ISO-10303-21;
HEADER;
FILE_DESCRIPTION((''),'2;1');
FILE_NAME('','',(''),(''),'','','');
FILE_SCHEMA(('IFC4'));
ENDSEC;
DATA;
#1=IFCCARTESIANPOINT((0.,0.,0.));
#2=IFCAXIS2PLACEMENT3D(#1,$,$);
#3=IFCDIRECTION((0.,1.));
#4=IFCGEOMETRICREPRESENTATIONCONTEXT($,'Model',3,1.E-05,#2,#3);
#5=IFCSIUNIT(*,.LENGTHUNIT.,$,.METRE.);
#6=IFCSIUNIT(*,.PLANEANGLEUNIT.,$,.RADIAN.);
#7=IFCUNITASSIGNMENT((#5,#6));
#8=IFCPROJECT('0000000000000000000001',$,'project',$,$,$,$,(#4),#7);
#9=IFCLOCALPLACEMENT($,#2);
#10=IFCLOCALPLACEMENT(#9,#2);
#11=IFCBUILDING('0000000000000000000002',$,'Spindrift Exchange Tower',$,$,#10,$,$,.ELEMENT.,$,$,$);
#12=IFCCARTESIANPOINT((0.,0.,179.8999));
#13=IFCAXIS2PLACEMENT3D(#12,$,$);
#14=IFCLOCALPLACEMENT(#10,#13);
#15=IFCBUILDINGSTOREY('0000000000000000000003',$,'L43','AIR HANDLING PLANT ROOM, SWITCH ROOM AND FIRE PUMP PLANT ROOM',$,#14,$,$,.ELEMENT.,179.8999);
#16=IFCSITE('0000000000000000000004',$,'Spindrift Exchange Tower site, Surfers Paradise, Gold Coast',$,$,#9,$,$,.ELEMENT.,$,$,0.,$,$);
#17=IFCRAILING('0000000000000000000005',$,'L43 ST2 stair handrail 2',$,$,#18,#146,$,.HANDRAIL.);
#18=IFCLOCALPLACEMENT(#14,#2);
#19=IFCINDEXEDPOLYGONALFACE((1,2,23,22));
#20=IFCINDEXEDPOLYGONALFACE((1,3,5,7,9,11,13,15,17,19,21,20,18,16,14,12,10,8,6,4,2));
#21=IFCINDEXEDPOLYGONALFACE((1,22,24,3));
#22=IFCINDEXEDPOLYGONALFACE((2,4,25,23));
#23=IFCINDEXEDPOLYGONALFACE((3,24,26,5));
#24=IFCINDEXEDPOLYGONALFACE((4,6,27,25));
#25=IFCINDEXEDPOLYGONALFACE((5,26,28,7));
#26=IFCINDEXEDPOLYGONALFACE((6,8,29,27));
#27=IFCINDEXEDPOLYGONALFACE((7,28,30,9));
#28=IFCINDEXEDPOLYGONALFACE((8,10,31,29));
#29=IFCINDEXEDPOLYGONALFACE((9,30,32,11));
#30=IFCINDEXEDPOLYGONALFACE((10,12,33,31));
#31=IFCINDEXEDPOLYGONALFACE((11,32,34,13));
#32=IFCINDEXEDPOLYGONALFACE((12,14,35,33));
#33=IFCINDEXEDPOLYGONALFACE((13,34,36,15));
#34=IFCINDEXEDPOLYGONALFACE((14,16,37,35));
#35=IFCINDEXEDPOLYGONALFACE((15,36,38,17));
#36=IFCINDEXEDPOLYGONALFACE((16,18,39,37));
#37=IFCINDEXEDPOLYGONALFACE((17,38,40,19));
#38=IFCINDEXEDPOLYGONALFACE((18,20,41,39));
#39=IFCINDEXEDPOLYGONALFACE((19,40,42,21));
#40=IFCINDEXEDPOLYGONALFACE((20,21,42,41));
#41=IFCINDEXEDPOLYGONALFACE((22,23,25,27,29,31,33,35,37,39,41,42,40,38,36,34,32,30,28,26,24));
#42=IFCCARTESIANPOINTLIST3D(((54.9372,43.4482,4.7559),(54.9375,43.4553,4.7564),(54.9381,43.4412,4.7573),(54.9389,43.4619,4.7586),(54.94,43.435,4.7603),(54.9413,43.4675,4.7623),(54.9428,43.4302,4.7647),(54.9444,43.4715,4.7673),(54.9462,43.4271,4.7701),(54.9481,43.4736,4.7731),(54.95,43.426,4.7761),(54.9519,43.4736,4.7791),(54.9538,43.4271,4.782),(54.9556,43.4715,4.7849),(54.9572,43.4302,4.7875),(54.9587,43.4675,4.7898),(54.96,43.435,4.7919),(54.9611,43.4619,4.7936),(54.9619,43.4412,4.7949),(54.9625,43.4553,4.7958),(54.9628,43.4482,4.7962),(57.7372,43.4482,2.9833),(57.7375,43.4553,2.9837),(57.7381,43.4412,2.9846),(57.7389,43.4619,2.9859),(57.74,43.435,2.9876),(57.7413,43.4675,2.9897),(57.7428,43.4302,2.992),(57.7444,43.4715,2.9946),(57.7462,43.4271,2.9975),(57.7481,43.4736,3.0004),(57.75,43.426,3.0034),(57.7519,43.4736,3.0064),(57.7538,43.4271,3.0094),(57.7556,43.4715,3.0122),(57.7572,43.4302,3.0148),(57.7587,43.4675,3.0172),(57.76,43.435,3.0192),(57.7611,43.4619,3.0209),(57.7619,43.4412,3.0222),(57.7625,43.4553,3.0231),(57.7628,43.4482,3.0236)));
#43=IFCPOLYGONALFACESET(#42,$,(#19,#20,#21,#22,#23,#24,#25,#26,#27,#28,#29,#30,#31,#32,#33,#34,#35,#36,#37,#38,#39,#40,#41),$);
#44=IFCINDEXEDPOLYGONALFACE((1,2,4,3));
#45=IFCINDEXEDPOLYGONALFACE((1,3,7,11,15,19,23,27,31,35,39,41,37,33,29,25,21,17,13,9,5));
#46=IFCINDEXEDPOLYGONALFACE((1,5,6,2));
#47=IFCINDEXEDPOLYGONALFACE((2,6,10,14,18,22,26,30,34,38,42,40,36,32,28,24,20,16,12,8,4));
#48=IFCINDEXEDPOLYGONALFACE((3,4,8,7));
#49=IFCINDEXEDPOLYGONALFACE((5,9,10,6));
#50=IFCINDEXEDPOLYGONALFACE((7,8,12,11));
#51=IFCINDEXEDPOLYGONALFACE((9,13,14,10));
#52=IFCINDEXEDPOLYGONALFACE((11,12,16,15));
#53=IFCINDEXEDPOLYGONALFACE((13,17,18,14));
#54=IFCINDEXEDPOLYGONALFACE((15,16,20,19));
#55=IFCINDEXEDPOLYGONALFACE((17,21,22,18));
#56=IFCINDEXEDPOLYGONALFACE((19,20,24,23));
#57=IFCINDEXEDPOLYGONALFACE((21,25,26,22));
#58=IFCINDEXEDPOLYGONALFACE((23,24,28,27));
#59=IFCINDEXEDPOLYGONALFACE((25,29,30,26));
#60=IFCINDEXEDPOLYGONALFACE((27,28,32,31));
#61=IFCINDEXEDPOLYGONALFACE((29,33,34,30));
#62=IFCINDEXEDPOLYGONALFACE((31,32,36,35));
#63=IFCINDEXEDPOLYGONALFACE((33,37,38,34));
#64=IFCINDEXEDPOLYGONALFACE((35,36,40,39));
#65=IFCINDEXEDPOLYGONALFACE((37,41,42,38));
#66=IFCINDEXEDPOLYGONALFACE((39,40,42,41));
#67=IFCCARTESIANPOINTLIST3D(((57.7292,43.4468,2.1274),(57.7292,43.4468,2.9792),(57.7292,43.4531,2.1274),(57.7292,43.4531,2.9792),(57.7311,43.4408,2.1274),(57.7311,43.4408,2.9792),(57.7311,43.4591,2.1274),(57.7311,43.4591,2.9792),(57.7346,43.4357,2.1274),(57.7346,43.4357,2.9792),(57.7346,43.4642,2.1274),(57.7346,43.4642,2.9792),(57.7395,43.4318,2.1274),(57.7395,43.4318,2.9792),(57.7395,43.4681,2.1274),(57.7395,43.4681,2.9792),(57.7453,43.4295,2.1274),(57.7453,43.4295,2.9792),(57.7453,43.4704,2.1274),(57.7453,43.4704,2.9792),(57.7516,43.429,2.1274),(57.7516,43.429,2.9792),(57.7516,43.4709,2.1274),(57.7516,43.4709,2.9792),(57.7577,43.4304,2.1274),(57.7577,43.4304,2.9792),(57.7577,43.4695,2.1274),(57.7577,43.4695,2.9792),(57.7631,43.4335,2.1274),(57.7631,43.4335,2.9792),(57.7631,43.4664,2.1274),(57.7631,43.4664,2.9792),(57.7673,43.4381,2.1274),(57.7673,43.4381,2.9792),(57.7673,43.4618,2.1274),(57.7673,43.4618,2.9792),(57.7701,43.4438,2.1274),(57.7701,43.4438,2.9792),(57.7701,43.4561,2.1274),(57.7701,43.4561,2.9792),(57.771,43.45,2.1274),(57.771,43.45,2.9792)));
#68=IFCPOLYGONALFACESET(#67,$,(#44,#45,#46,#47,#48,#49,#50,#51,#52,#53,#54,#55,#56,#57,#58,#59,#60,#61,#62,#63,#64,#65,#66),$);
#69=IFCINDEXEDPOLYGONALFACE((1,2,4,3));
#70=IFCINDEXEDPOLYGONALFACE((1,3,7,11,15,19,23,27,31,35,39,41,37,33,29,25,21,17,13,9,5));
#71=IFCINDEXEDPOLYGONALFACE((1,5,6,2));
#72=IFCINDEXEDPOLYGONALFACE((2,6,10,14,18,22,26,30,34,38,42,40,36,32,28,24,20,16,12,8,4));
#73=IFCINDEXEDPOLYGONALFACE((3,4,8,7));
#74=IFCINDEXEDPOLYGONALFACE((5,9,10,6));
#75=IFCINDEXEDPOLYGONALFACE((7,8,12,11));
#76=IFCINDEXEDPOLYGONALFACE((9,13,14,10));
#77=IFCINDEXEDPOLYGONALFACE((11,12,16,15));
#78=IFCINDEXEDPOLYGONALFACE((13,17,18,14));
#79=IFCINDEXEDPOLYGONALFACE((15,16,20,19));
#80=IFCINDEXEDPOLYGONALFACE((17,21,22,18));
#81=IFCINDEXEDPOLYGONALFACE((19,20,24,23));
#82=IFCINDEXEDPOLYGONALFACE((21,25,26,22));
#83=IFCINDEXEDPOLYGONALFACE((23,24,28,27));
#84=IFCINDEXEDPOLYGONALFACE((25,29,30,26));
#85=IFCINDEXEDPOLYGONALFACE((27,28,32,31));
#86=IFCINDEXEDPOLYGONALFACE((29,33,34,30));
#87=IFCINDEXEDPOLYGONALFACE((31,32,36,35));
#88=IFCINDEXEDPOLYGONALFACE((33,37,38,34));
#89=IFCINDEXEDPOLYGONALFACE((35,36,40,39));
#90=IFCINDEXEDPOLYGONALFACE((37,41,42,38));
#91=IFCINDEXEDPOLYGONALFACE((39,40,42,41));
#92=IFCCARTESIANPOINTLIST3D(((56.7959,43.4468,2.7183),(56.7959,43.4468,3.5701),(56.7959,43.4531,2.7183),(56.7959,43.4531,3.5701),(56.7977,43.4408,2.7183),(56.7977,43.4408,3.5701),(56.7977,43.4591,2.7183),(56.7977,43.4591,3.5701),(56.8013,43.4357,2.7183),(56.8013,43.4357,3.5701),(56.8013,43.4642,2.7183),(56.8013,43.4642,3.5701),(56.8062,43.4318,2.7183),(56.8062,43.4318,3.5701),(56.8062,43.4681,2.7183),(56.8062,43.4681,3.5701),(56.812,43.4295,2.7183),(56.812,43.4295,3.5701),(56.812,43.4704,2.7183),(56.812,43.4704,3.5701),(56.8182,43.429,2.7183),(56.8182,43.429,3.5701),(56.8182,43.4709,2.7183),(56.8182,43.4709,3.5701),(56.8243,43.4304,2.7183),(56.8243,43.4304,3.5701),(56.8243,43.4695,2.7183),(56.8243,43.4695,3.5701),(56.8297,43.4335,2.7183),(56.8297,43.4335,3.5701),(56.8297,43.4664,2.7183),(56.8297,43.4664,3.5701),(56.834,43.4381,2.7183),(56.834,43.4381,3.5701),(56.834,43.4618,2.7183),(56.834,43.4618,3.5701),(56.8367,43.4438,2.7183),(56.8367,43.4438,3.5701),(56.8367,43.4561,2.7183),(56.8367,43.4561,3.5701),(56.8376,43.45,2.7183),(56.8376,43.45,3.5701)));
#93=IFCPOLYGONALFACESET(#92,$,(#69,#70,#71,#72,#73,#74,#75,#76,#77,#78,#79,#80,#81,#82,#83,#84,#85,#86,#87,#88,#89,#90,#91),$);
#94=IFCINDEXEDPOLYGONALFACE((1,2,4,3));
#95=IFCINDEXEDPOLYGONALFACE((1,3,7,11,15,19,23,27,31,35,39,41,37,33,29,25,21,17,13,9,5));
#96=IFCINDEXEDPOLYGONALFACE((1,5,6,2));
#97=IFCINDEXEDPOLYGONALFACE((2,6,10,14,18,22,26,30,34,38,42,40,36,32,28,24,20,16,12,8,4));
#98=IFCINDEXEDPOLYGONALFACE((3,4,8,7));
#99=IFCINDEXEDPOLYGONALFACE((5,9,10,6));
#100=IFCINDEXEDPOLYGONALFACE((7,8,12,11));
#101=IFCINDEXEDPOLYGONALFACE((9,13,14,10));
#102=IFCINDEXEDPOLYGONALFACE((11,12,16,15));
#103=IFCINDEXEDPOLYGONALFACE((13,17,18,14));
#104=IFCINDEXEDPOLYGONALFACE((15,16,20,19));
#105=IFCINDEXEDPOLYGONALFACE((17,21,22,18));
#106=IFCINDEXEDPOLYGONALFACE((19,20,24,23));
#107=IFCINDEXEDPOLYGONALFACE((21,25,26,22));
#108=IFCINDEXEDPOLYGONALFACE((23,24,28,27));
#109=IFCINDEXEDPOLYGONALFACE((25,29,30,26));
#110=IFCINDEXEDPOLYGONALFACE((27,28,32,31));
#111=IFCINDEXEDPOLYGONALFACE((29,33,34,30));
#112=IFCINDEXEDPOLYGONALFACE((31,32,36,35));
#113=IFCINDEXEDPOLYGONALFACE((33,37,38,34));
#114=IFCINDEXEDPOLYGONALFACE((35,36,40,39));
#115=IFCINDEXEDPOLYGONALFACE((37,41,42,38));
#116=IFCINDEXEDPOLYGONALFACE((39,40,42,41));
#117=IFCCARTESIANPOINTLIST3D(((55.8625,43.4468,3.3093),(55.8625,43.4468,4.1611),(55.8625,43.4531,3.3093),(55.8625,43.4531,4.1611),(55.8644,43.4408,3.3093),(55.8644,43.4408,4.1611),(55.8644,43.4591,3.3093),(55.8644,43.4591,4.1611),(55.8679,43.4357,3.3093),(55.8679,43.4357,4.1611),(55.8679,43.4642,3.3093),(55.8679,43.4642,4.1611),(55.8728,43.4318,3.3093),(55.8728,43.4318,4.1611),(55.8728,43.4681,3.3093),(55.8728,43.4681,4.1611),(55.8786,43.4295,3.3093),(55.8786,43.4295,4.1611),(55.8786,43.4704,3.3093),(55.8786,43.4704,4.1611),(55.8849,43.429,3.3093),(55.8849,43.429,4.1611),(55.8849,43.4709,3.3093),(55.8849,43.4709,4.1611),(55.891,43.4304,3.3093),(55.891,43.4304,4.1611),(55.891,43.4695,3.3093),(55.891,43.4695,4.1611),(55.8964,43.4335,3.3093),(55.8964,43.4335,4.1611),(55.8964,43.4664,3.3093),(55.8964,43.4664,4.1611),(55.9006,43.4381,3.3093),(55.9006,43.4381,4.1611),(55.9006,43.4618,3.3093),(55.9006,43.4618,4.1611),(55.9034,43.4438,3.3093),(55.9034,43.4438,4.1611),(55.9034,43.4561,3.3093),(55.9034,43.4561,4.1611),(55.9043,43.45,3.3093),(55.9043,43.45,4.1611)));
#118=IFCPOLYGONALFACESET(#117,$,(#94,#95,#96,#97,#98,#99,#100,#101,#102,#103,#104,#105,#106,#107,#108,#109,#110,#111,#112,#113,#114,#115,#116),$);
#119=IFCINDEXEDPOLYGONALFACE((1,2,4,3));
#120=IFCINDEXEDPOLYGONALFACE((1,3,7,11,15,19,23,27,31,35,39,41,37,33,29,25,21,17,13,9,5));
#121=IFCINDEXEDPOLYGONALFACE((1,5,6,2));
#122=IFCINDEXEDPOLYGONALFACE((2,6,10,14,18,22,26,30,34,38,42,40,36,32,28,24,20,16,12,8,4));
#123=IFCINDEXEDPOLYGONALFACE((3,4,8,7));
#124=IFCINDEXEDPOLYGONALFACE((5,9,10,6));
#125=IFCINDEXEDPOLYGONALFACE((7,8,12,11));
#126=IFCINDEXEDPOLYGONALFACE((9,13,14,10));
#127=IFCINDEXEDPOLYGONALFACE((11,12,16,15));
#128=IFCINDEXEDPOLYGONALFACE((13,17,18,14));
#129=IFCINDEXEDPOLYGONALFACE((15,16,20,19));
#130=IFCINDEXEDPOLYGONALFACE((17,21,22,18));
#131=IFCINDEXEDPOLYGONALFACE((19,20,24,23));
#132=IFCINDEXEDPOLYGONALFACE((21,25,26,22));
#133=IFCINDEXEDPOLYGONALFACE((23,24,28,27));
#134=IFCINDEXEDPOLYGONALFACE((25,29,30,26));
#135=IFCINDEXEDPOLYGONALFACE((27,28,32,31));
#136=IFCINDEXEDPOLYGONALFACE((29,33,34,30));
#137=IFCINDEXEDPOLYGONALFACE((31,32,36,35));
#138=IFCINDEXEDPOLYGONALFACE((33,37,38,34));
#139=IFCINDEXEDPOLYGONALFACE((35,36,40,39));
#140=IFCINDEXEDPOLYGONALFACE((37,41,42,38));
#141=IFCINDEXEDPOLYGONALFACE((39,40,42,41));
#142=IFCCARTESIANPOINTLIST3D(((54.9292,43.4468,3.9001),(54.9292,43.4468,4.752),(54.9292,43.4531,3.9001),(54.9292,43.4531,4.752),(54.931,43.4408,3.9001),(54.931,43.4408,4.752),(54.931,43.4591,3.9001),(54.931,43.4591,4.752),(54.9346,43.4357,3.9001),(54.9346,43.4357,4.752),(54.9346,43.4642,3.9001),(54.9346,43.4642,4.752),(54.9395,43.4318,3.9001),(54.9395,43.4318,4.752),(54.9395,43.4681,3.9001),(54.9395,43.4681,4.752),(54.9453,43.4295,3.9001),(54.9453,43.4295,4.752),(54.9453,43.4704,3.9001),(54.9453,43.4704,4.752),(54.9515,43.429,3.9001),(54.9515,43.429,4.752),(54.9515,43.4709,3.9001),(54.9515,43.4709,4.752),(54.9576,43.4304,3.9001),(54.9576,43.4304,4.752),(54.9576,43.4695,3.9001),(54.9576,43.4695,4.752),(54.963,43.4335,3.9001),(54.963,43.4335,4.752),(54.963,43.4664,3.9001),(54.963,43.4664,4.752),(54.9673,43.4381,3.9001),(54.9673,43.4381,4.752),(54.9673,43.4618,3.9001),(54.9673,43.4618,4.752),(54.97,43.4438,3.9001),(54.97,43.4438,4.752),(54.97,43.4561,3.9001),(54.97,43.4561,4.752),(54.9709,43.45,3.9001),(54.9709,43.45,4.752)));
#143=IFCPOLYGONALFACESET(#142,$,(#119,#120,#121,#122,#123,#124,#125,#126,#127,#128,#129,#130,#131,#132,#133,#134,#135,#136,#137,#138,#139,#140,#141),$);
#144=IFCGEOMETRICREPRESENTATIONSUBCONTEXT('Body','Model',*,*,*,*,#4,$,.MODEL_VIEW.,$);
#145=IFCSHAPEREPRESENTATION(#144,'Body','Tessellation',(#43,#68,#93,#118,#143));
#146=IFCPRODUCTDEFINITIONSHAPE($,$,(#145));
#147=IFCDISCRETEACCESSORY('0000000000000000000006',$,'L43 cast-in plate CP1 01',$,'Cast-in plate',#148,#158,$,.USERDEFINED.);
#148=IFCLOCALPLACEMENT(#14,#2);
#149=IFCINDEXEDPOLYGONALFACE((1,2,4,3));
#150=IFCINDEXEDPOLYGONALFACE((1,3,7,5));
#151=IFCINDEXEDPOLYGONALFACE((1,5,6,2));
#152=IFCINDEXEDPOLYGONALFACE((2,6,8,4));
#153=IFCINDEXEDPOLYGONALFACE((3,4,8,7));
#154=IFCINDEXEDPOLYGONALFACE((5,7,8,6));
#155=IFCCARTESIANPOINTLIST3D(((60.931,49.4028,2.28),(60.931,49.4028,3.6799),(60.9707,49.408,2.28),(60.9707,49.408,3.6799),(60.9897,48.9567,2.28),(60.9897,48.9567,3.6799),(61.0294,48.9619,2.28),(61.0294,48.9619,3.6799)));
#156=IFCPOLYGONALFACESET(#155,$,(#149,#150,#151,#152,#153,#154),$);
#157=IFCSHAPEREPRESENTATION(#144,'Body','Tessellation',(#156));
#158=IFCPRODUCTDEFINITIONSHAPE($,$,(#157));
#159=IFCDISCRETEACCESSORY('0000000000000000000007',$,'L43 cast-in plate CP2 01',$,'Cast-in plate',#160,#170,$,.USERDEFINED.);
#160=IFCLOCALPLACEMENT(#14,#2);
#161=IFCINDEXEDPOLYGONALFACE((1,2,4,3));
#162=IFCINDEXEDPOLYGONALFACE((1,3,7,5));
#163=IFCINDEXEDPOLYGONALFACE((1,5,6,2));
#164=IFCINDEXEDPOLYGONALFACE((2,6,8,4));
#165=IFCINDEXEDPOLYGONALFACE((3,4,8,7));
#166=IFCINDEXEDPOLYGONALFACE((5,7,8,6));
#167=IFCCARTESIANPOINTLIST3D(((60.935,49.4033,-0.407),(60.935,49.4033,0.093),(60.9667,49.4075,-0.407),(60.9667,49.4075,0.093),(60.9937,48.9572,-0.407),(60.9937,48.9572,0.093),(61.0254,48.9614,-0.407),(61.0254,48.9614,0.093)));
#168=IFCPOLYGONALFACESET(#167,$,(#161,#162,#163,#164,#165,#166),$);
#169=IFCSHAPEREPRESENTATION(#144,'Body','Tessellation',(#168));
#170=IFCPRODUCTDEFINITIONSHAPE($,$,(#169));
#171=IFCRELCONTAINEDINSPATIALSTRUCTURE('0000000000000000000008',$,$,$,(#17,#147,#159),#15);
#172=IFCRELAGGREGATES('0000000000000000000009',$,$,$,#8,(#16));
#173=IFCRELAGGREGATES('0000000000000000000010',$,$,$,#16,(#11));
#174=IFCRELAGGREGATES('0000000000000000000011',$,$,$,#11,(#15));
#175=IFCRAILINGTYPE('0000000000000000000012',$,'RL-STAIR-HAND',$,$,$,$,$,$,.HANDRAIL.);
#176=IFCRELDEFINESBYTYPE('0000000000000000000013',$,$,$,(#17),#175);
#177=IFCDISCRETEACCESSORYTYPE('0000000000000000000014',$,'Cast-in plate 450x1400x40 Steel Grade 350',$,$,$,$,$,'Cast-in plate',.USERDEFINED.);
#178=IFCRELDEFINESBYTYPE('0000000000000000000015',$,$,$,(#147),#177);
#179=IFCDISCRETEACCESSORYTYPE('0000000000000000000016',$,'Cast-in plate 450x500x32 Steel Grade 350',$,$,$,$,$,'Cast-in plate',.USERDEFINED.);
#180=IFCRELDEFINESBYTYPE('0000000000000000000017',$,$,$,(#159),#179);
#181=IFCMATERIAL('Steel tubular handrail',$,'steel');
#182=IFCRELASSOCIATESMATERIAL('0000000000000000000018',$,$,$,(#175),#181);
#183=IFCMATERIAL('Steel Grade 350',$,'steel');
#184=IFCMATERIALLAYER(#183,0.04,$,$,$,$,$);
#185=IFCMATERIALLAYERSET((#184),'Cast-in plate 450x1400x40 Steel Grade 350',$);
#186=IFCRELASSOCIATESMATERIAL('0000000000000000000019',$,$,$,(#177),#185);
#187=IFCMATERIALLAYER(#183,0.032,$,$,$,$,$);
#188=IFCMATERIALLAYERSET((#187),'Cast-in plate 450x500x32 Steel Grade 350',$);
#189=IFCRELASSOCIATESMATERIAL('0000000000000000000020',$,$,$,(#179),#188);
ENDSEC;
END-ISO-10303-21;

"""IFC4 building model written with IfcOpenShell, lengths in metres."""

from ifc_helpers import new_model, si_unit, direction, frame, origin, origin_2d, place, context, subcontext, project, spatial, rectangle, circle, extrude, source, transform, mapped, material, layer, layer_set, type_object, element, save


model = new_model("IFC4")

# Units and contexts
model_context = context("Model", 3, precision=1e-05, world=origin(), true_north=direction((0.0, 1.0)))
body_context = subcontext(model_context, "Body", "Model", "MODEL_VIEW")
ifc_project = project(units=[si_unit("LENGTHUNIT", "METRE"), si_unit("PLANEANGLEUNIT", "RADIAN")], contexts=[model_context])

# Site, building, storey
site_placement = place(None, origin())
site = spatial("IfcSite", under=ifc_project, at=site_placement, Name="Spindrift Exchange Tower site, Surfers Paradise, Gold Coast", CompositionType="ELEMENT", RefElevation=0.0)
building_placement = place(site_placement, origin())
building = spatial("IfcBuilding", under=site, at=building_placement, Name="Spindrift Exchange Tower", CompositionType="ELEMENT")
storey_placement = place(building_placement, frame((0.0, 0.0, 179.8999)))
storey = spatial("IfcBuildingStorey", under=building, at=storey_placement, Name="L43", Description="AIR HANDLING PLANT ROOM, SWITCH ROOM AND FIRE PUMP PLANT ROOM", CompositionType="ELEMENT", Elevation=179.8999)

# Railing
ifc_material_1 = material(Name="Steel tubular handrail", Category="steel")
railing_type_1 = type_object("IfcRailingType", Name="RL-STAIR-HAND", PredefinedType="HANDRAIL", material=ifc_material_1)
railing_1_placement = place(storey_placement, frame((57.75, 43.45, 2.1274)))
element("IfcRailing", 1, at=railing_1_placement, inside=storey, type_object=railing_type_1, Name="L43 ST2 stair handrail 2", PredefinedType="HANDRAIL", context=body_context, shape_type="SweptSolid", body=[
    extrude(circle(Radius=0.0239, at=origin_2d()), frame((0.0, 0.0, 0.876), z_axis=(-0.844909, 0.0, 0.53491), x_axis=(0.0, -1.0, 0.0)), (0.0, 0.0, 1.0), 3.314),
    extrude(circle(Radius=0.021, at=origin_2d()), origin(), (0.0, 0.0, 1.0), 0.8518),
    extrude(circle(Radius=0.021, at=origin_2d()), frame((-0.9333, 0.0, 0.5908)), (0.0, 0.0, 1.0), 0.8518),
    extrude(circle(Radius=0.021, at=origin_2d()), frame((-1.8667, 0.0, 1.1819)), (0.0, 0.0, 1.0), 0.8518),
    extrude(circle(Radius=0.021, at=origin_2d()), frame((-2.8, 0.0, 1.7727)), (0.0, 0.0, 1.0), 0.8518),
])

# Discrete accessories
ifc_material_2 = material(Name="Steel Grade 350", Category="steel")
ifc_layer_1 = layer(ifc_material_2, 0.04)
ifc_layer_set_1 = layer_set([ifc_layer_1], Name="Cast-in plate 450x1400x40 Steel Grade 350")
discrete_accessory_type_1 = type_object("IfcDiscreteAccessoryType", Name="Cast-in plate 450x1400x40 Steel Grade 350", ElementType="Cast-in plate", PredefinedType="USERDEFINED", material=ifc_layer_set_1)
shared_shape_1 = source(origin(), body_context, "Body", "SweptSolid", [
    extrude(rectangle(XDim=0.04, YDim=0.45, at=origin_2d()), origin(), (0.0, 0.0, 1.0), 1.3999),
])
discrete_accessory_1_placement = place(storey_placement, frame((60.9802, 49.1824, 2.28), z_axis=(0.0, 0.0, 1.0), x_axis=(0.991445, 0.130526, 0.0)))
element("IfcDiscreteAccessory", 2, at=discrete_accessory_1_placement, inside=storey, type_object=discrete_accessory_type_1, Name="L43 cast-in plate CP1 01", ObjectType="Cast-in plate", PredefinedType="USERDEFINED", context=body_context, shape_type="MappedRepresentation", body=[
    mapped(shared_shape_1, transform((0.0, 0.0, 0.0), scale=1.0)),
])
ifc_layer_2 = layer(ifc_material_2, 0.032)
ifc_layer_set_2 = layer_set([ifc_layer_2], Name="Cast-in plate 450x500x32 Steel Grade 350")
discrete_accessory_type_2 = type_object("IfcDiscreteAccessoryType", Name="Cast-in plate 450x500x32 Steel Grade 350", ElementType="Cast-in plate", PredefinedType="USERDEFINED", material=ifc_layer_set_2)
shared_shape_2 = source(origin(), body_context, "Body", "SweptSolid", [
    extrude(rectangle(XDim=0.032, YDim=0.45, at=origin_2d()), origin(), (0.0, 0.0, 1.0), 0.5),
])
discrete_accessory_2_placement = place(storey_placement, frame((60.9802, 49.1824, -0.407), z_axis=(0.0, 0.0, 1.0), x_axis=(0.991445, 0.130526, 0.0)))
element("IfcDiscreteAccessory", 3, at=discrete_accessory_2_placement, inside=storey, type_object=discrete_accessory_type_2, Name="L43 cast-in plate CP2 01", ObjectType="Cast-in plate", PredefinedType="USERDEFINED", context=body_context, shape_type="MappedRepresentation", body=[
    mapped(shared_shape_2, transform((0.0, 0.0, 0.0), scale=1.0)),
])

save(model, "model.ifc")
